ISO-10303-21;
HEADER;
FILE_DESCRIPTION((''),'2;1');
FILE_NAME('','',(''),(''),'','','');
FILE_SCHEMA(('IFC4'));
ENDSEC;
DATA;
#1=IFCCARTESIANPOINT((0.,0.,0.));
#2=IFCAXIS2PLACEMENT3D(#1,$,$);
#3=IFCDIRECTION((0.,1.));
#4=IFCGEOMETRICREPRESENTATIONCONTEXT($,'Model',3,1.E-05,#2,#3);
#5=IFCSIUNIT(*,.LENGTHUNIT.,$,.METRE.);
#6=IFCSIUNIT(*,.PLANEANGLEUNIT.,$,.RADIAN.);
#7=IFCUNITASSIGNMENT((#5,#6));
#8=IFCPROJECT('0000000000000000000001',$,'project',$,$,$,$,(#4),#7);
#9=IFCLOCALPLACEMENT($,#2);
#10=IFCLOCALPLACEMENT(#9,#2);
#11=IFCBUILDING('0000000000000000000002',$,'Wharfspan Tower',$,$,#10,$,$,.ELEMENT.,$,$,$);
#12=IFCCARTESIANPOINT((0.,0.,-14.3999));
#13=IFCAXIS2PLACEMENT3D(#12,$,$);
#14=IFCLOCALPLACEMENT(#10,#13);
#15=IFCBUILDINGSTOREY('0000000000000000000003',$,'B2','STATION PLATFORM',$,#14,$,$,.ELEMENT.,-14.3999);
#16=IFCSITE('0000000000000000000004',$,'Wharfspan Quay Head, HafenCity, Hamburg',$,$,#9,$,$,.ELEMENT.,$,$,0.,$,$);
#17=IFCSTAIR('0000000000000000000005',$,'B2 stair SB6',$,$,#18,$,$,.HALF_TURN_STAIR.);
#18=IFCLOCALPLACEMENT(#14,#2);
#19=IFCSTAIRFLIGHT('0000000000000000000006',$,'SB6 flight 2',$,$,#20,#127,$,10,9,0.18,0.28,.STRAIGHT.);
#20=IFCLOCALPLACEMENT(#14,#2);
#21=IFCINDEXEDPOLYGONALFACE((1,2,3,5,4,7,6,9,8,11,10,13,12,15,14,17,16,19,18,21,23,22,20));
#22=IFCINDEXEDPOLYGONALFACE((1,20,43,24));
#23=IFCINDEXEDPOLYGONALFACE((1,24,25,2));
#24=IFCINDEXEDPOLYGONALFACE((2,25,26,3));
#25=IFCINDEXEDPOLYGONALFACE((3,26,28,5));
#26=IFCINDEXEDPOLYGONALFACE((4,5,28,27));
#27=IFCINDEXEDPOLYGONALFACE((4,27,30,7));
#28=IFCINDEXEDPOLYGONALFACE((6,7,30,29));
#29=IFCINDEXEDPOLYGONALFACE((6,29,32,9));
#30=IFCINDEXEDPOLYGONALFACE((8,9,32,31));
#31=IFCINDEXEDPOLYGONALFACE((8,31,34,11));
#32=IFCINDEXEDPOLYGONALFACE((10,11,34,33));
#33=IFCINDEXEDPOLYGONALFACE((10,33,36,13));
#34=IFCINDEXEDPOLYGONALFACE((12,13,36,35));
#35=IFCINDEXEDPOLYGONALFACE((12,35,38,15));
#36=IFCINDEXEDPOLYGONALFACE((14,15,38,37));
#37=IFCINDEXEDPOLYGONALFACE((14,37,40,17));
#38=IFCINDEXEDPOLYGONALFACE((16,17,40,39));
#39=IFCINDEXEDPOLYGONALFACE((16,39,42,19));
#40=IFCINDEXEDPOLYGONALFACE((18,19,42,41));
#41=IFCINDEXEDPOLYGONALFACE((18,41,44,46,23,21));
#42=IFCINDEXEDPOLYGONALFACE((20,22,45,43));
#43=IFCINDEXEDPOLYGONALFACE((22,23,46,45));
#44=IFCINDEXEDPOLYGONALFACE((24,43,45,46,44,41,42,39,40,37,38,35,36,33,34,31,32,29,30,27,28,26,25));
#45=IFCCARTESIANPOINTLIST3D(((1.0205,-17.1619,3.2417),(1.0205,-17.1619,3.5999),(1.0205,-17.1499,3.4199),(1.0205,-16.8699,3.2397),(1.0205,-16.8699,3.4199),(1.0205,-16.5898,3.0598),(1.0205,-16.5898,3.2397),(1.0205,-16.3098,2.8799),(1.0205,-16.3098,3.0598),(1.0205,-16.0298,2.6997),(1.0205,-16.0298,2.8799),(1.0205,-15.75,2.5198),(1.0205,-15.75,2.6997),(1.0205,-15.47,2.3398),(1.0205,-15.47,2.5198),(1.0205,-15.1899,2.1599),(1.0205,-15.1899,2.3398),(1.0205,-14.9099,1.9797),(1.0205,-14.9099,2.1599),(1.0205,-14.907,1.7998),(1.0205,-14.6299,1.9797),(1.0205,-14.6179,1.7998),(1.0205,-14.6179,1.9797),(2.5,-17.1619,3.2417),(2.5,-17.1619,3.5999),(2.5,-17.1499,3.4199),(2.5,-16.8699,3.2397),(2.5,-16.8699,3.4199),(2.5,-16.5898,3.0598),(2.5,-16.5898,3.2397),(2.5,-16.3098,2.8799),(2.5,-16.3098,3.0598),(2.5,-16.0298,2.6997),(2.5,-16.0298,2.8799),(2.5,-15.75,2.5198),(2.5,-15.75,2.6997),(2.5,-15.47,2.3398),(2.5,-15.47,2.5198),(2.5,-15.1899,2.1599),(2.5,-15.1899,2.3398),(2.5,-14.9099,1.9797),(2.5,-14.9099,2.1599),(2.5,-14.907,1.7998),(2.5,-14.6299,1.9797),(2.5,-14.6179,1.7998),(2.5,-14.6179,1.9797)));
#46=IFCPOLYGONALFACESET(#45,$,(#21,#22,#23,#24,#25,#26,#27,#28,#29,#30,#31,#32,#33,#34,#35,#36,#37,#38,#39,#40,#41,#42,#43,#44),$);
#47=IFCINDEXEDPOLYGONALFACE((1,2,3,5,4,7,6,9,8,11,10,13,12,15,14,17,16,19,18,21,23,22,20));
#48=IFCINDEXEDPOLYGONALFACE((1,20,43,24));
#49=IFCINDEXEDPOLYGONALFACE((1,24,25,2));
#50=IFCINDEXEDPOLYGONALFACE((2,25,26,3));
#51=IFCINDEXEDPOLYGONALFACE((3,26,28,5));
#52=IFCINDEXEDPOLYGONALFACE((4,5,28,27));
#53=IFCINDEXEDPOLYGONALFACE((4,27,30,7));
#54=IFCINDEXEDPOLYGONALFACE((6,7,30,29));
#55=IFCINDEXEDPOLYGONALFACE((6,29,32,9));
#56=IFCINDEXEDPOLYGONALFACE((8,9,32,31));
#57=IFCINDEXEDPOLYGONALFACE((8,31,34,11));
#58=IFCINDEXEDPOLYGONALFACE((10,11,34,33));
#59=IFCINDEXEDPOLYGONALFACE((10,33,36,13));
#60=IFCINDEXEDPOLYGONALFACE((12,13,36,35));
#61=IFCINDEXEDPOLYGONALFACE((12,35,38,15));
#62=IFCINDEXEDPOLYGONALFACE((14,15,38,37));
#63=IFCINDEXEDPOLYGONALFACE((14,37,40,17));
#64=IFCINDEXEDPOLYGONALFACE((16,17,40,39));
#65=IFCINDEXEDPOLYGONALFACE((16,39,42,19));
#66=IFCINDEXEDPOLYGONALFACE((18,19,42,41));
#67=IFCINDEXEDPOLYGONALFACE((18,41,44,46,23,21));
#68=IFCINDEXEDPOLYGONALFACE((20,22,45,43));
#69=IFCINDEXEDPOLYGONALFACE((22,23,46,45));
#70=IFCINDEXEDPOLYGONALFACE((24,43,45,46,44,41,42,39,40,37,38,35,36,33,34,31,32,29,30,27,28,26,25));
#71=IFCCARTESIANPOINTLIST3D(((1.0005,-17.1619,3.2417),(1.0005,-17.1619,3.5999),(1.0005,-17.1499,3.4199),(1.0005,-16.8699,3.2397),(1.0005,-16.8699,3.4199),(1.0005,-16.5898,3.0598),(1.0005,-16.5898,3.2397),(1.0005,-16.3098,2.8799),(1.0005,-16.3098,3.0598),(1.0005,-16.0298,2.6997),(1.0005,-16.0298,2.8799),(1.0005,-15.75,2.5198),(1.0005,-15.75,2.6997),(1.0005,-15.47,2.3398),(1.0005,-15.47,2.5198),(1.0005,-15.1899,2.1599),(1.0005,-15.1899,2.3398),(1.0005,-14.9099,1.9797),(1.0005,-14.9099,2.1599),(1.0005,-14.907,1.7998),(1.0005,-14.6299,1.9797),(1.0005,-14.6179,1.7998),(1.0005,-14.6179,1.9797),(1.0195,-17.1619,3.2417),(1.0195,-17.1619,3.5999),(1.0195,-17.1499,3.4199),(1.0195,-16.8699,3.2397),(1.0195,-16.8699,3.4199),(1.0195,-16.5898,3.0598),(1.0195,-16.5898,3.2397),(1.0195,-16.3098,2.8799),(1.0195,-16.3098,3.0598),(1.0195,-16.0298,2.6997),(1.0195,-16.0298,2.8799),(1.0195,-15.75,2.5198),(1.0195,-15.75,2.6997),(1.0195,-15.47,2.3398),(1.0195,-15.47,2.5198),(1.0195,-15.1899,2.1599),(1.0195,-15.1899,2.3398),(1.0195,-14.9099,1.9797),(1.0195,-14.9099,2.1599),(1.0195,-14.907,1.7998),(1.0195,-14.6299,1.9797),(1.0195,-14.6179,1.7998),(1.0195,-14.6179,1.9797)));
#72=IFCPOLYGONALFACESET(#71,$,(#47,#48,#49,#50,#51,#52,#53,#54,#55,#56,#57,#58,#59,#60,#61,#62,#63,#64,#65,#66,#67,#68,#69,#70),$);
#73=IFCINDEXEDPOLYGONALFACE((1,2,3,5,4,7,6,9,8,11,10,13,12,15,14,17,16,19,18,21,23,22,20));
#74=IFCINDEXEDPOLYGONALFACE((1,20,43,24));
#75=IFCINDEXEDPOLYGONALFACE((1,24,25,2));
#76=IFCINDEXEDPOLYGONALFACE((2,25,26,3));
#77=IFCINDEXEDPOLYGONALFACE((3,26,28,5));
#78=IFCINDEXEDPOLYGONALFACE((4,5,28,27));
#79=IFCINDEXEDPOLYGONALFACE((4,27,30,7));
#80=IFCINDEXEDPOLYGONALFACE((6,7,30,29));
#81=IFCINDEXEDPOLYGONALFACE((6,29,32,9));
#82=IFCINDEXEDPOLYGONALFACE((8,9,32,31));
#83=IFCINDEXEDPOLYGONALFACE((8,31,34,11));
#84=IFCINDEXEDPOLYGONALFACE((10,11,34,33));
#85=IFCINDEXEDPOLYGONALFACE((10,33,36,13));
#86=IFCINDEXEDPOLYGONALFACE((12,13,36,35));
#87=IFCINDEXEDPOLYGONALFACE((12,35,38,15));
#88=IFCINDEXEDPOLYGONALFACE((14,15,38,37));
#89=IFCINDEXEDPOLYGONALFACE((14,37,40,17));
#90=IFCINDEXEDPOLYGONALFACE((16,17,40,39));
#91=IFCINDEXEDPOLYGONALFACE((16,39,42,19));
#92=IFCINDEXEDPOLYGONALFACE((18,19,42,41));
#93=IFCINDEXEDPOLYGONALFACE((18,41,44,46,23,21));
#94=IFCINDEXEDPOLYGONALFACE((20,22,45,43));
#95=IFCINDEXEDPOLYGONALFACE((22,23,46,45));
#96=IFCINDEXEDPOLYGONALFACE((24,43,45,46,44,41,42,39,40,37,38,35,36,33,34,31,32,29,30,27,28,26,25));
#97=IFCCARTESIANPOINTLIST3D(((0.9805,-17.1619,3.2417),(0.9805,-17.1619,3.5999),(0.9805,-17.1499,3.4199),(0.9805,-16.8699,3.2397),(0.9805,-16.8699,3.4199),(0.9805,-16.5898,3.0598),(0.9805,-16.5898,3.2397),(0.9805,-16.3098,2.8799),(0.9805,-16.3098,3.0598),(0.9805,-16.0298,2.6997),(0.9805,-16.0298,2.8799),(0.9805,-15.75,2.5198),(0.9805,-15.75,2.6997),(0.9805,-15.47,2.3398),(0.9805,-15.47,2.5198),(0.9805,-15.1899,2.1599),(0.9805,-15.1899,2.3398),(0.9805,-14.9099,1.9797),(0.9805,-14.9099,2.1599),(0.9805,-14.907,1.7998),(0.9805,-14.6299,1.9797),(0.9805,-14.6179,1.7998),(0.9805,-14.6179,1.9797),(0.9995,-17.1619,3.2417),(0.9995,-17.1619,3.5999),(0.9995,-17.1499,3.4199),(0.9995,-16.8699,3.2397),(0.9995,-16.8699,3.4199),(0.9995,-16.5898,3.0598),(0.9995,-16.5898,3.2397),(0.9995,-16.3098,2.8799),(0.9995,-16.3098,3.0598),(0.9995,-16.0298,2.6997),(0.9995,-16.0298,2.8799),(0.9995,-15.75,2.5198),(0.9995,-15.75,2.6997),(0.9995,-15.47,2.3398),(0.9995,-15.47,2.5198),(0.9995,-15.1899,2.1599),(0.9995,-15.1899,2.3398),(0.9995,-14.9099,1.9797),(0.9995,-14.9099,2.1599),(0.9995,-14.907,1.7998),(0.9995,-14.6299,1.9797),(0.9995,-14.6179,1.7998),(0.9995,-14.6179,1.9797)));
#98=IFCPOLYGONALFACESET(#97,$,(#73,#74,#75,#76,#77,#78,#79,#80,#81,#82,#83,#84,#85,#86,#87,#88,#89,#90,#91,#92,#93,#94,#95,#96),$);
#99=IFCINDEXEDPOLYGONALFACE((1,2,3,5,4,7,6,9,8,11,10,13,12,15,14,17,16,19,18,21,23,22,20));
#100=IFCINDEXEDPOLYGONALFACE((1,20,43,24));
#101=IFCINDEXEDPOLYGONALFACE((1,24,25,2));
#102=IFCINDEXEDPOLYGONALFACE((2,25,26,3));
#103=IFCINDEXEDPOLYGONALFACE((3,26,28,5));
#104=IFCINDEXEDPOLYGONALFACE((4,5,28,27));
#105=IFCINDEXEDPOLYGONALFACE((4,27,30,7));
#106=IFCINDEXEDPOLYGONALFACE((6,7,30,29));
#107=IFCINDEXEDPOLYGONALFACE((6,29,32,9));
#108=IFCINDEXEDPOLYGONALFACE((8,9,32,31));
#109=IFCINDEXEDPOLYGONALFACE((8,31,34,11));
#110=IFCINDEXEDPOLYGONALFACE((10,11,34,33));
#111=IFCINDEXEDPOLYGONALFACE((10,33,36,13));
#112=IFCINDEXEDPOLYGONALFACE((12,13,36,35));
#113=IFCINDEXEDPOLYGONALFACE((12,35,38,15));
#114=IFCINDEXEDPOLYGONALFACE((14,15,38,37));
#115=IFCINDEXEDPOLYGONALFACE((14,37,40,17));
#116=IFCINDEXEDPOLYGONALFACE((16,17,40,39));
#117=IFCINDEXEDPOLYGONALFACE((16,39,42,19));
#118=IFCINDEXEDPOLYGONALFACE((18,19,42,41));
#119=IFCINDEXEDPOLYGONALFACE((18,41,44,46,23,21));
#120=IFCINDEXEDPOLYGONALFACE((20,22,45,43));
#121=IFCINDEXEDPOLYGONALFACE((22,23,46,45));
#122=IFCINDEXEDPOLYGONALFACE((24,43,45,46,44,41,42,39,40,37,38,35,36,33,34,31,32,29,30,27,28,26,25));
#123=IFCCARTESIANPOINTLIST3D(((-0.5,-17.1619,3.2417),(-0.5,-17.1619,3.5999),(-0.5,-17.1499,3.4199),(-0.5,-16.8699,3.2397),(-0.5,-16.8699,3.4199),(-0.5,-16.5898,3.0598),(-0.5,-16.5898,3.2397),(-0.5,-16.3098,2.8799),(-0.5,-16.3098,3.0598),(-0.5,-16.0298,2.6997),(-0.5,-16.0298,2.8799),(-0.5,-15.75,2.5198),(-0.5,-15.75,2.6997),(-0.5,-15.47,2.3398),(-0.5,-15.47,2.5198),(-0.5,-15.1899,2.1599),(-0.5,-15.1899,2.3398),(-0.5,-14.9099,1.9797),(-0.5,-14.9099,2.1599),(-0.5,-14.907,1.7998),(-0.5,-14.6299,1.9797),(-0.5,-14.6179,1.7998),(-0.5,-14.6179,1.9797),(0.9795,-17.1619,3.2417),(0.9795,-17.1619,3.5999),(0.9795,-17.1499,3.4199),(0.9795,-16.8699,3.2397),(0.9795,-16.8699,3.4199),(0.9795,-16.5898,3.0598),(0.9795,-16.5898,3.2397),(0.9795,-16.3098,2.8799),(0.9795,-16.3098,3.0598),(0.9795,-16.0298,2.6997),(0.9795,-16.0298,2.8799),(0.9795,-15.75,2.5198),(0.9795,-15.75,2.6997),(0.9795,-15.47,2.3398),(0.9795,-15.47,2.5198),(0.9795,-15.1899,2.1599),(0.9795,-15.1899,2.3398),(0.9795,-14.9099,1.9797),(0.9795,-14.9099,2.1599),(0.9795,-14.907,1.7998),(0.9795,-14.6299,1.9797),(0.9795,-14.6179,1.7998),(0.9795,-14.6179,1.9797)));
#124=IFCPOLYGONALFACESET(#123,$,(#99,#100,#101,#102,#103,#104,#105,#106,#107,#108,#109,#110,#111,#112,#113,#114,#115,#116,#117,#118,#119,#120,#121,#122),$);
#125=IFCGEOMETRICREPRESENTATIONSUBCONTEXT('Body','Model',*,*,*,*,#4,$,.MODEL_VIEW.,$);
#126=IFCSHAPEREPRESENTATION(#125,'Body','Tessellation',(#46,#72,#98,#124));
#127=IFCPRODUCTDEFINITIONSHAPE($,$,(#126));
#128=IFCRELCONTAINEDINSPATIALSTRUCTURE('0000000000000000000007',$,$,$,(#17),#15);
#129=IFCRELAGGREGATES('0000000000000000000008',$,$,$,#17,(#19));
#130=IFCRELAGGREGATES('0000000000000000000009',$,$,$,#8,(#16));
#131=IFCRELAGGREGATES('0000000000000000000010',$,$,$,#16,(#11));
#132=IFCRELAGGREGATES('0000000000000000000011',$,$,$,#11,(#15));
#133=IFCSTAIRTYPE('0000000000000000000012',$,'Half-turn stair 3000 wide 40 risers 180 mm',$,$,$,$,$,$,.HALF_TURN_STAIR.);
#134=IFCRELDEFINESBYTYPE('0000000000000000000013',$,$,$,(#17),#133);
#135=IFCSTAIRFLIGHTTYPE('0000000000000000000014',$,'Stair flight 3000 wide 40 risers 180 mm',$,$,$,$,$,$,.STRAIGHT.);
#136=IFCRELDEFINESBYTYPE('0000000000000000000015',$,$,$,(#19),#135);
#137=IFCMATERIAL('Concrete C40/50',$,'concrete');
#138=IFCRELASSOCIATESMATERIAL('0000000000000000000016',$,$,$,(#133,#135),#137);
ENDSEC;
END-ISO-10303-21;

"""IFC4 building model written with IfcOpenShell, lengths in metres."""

from ifc_helpers import new_model, si_unit, direction, frame, origin, place, context, subcontext, project, spatial, polyline, outline, extrude, material, type_object, element, aggregate, save


model = new_model("IFC4")

# Units and contexts
model_context = context("Model", 3, precision=1e-05, world=origin(), true_north=direction((0.0, 1.0)))
body_context = subcontext(model_context, "Body", "Model", "MODEL_VIEW")
ifc_project = project(units=[si_unit("LENGTHUNIT", "METRE"), si_unit("PLANEANGLEUNIT", "RADIAN")], contexts=[model_context])

# Site, building, storey
site_placement = place(None, origin())
site = spatial("IfcSite", under=ifc_project, at=site_placement, Name="Wharfspan Quay Head, HafenCity, Hamburg", CompositionType="ELEMENT", RefElevation=0.0)
building_placement = place(site_placement, origin())
building = spatial("IfcBuilding", under=site, at=building_placement, Name="Wharfspan Tower", CompositionType="ELEMENT")
storey_placement = place(building_placement, frame((0.0, 0.0, -14.3999)))
storey = spatial("IfcBuildingStorey", under=building, at=storey_placement, Name="B2", Description="STATION PLATFORM", CompositionType="ELEMENT", Elevation=-14.3999)

# Shared definitions
ifc_material_1 = material(Name="Concrete C40/50", Category="concrete")

# Stair, stair flight
stair_type = type_object("IfcStairType", Name="Half-turn stair 3000 wide 40 risers 180 mm", PredefinedType="HALF_TURN_STAIR", material=ifc_material_1)
stair_placement = place(storey_placement, origin())
stair = element("IfcStair", 1, at=stair_placement, inside=storey, type_object=stair_type, Name="B2 stair SB6", PredefinedType="HALF_TURN_STAIR")
stair_flight_type = type_object("IfcStairFlightType", Name="Stair flight 3000 wide 40 risers 180 mm", PredefinedType="STRAIGHT", material=ifc_material_1)
stair_flight_1_placement = place(storey_placement, frame((1.0, -14.6299, 1.7998), z_axis=(0.0, 0.0, 1.0), x_axis=(0.0, -1.0, 0.0)))
stair_flight_1 = element("IfcStairFlight", 2, at=stair_flight_1_placement, type_object=stair_flight_type, Name="SB6 flight 2", NumberOfRisers=10, NumberOfTreads=9, PredefinedType="STRAIGHT", RiserHeight=0.18, TreadLength=0.28, context=body_context, shape_type="SweptSolid", body=[
    extrude(outline(polyline([(-0.012, 0.0), (-0.012, 0.1799), (0.0, 0.1799), (0.28, 0.1799), (0.28, 0.3601), (0.5601, 0.3601), (0.5601, 0.54), (0.8401, 0.54), (0.8401, 0.72), (1.1201, 0.72), (1.1201, 0.8999), (1.3999, 0.8999), (1.3999, 1.0801), (1.6799, 1.0801), (1.6799, 1.26), (1.96, 1.26), (1.96, 1.4399), (2.24, 1.4399), (2.24, 1.6201), (2.52, 1.6201), (2.532, 1.8), (2.532, 1.4419), (0.2771, 0.0), (-0.012, 0.0)])), frame((0.0, 1.5, 0.0), z_axis=(0.0, -1.0, 0.0), x_axis=(1.0, 0.0, 0.0)), (0.0, 0.0, 1.0), 1.4795),
    extrude(outline(polyline([(-0.012, 0.0), (-0.012, 0.1799), (0.0, 0.1799), (0.28, 0.1799), (0.28, 0.3601), (0.5601, 0.3601), (0.5601, 0.54), (0.8401, 0.54), (0.8401, 0.72), (1.1201, 0.72), (1.1201, 0.8999), (1.3999, 0.8999), (1.3999, 1.0801), (1.6799, 1.0801), (1.6799, 1.26), (1.96, 1.26), (1.96, 1.4399), (2.24, 1.4399), (2.24, 1.6201), (2.52, 1.6201), (2.532, 1.8), (2.532, 1.4419), (0.2771, 0.0), (-0.012, 0.0)])), frame((0.0, 0.0195, 0.0), z_axis=(0.0, -1.0, 0.0), x_axis=(1.0, 0.0, 0.0)), (0.0, 0.0, 1.0), 0.019),
    extrude(outline(polyline([(-0.012, 0.0), (-0.012, 0.1799), (0.0, 0.1799), (0.28, 0.1799), (0.28, 0.3601), (0.5601, 0.3601), (0.5601, 0.54), (0.8401, 0.54), (0.8401, 0.72), (1.1201, 0.72), (1.1201, 0.8999), (1.3999, 0.8999), (1.3999, 1.0801), (1.6799, 1.0801), (1.6799, 1.26), (1.96, 1.26), (1.96, 1.4399), (2.24, 1.4399), (2.24, 1.6201), (2.52, 1.6201), (2.532, 1.8), (2.532, 1.4419), (0.2771, 0.0), (-0.012, 0.0)])), frame((0.0, -0.0005, 0.0), z_axis=(0.0, -1.0, 0.0), x_axis=(1.0, 0.0, 0.0)), (0.0, 0.0, 1.0), 0.019),
    extrude(outline(polyline([(-0.012, 0.0), (-0.012, 0.1799), (0.0, 0.1799), (0.28, 0.1799), (0.28, 0.3601), (0.5601, 0.3601), (0.5601, 0.54), (0.8401, 0.54), (0.8401, 0.72), (1.1201, 0.72), (1.1201, 0.8999), (1.3999, 0.8999), (1.3999, 1.0801), (1.6799, 1.0801), (1.6799, 1.26), (1.96, 1.26), (1.96, 1.4399), (2.24, 1.4399), (2.24, 1.6201), (2.52, 1.6201), (2.532, 1.8), (2.532, 1.4419), (0.2771, 0.0), (-0.012, 0.0)])), frame((0.0, -0.0205, 0.0), z_axis=(0.0, -1.0, 0.0), x_axis=(1.0, 0.0, 0.0)), (0.0, 0.0, 1.0), 1.4795),
])
aggregate(stair, [stair_flight_1])

save(model, "model.ifc")
